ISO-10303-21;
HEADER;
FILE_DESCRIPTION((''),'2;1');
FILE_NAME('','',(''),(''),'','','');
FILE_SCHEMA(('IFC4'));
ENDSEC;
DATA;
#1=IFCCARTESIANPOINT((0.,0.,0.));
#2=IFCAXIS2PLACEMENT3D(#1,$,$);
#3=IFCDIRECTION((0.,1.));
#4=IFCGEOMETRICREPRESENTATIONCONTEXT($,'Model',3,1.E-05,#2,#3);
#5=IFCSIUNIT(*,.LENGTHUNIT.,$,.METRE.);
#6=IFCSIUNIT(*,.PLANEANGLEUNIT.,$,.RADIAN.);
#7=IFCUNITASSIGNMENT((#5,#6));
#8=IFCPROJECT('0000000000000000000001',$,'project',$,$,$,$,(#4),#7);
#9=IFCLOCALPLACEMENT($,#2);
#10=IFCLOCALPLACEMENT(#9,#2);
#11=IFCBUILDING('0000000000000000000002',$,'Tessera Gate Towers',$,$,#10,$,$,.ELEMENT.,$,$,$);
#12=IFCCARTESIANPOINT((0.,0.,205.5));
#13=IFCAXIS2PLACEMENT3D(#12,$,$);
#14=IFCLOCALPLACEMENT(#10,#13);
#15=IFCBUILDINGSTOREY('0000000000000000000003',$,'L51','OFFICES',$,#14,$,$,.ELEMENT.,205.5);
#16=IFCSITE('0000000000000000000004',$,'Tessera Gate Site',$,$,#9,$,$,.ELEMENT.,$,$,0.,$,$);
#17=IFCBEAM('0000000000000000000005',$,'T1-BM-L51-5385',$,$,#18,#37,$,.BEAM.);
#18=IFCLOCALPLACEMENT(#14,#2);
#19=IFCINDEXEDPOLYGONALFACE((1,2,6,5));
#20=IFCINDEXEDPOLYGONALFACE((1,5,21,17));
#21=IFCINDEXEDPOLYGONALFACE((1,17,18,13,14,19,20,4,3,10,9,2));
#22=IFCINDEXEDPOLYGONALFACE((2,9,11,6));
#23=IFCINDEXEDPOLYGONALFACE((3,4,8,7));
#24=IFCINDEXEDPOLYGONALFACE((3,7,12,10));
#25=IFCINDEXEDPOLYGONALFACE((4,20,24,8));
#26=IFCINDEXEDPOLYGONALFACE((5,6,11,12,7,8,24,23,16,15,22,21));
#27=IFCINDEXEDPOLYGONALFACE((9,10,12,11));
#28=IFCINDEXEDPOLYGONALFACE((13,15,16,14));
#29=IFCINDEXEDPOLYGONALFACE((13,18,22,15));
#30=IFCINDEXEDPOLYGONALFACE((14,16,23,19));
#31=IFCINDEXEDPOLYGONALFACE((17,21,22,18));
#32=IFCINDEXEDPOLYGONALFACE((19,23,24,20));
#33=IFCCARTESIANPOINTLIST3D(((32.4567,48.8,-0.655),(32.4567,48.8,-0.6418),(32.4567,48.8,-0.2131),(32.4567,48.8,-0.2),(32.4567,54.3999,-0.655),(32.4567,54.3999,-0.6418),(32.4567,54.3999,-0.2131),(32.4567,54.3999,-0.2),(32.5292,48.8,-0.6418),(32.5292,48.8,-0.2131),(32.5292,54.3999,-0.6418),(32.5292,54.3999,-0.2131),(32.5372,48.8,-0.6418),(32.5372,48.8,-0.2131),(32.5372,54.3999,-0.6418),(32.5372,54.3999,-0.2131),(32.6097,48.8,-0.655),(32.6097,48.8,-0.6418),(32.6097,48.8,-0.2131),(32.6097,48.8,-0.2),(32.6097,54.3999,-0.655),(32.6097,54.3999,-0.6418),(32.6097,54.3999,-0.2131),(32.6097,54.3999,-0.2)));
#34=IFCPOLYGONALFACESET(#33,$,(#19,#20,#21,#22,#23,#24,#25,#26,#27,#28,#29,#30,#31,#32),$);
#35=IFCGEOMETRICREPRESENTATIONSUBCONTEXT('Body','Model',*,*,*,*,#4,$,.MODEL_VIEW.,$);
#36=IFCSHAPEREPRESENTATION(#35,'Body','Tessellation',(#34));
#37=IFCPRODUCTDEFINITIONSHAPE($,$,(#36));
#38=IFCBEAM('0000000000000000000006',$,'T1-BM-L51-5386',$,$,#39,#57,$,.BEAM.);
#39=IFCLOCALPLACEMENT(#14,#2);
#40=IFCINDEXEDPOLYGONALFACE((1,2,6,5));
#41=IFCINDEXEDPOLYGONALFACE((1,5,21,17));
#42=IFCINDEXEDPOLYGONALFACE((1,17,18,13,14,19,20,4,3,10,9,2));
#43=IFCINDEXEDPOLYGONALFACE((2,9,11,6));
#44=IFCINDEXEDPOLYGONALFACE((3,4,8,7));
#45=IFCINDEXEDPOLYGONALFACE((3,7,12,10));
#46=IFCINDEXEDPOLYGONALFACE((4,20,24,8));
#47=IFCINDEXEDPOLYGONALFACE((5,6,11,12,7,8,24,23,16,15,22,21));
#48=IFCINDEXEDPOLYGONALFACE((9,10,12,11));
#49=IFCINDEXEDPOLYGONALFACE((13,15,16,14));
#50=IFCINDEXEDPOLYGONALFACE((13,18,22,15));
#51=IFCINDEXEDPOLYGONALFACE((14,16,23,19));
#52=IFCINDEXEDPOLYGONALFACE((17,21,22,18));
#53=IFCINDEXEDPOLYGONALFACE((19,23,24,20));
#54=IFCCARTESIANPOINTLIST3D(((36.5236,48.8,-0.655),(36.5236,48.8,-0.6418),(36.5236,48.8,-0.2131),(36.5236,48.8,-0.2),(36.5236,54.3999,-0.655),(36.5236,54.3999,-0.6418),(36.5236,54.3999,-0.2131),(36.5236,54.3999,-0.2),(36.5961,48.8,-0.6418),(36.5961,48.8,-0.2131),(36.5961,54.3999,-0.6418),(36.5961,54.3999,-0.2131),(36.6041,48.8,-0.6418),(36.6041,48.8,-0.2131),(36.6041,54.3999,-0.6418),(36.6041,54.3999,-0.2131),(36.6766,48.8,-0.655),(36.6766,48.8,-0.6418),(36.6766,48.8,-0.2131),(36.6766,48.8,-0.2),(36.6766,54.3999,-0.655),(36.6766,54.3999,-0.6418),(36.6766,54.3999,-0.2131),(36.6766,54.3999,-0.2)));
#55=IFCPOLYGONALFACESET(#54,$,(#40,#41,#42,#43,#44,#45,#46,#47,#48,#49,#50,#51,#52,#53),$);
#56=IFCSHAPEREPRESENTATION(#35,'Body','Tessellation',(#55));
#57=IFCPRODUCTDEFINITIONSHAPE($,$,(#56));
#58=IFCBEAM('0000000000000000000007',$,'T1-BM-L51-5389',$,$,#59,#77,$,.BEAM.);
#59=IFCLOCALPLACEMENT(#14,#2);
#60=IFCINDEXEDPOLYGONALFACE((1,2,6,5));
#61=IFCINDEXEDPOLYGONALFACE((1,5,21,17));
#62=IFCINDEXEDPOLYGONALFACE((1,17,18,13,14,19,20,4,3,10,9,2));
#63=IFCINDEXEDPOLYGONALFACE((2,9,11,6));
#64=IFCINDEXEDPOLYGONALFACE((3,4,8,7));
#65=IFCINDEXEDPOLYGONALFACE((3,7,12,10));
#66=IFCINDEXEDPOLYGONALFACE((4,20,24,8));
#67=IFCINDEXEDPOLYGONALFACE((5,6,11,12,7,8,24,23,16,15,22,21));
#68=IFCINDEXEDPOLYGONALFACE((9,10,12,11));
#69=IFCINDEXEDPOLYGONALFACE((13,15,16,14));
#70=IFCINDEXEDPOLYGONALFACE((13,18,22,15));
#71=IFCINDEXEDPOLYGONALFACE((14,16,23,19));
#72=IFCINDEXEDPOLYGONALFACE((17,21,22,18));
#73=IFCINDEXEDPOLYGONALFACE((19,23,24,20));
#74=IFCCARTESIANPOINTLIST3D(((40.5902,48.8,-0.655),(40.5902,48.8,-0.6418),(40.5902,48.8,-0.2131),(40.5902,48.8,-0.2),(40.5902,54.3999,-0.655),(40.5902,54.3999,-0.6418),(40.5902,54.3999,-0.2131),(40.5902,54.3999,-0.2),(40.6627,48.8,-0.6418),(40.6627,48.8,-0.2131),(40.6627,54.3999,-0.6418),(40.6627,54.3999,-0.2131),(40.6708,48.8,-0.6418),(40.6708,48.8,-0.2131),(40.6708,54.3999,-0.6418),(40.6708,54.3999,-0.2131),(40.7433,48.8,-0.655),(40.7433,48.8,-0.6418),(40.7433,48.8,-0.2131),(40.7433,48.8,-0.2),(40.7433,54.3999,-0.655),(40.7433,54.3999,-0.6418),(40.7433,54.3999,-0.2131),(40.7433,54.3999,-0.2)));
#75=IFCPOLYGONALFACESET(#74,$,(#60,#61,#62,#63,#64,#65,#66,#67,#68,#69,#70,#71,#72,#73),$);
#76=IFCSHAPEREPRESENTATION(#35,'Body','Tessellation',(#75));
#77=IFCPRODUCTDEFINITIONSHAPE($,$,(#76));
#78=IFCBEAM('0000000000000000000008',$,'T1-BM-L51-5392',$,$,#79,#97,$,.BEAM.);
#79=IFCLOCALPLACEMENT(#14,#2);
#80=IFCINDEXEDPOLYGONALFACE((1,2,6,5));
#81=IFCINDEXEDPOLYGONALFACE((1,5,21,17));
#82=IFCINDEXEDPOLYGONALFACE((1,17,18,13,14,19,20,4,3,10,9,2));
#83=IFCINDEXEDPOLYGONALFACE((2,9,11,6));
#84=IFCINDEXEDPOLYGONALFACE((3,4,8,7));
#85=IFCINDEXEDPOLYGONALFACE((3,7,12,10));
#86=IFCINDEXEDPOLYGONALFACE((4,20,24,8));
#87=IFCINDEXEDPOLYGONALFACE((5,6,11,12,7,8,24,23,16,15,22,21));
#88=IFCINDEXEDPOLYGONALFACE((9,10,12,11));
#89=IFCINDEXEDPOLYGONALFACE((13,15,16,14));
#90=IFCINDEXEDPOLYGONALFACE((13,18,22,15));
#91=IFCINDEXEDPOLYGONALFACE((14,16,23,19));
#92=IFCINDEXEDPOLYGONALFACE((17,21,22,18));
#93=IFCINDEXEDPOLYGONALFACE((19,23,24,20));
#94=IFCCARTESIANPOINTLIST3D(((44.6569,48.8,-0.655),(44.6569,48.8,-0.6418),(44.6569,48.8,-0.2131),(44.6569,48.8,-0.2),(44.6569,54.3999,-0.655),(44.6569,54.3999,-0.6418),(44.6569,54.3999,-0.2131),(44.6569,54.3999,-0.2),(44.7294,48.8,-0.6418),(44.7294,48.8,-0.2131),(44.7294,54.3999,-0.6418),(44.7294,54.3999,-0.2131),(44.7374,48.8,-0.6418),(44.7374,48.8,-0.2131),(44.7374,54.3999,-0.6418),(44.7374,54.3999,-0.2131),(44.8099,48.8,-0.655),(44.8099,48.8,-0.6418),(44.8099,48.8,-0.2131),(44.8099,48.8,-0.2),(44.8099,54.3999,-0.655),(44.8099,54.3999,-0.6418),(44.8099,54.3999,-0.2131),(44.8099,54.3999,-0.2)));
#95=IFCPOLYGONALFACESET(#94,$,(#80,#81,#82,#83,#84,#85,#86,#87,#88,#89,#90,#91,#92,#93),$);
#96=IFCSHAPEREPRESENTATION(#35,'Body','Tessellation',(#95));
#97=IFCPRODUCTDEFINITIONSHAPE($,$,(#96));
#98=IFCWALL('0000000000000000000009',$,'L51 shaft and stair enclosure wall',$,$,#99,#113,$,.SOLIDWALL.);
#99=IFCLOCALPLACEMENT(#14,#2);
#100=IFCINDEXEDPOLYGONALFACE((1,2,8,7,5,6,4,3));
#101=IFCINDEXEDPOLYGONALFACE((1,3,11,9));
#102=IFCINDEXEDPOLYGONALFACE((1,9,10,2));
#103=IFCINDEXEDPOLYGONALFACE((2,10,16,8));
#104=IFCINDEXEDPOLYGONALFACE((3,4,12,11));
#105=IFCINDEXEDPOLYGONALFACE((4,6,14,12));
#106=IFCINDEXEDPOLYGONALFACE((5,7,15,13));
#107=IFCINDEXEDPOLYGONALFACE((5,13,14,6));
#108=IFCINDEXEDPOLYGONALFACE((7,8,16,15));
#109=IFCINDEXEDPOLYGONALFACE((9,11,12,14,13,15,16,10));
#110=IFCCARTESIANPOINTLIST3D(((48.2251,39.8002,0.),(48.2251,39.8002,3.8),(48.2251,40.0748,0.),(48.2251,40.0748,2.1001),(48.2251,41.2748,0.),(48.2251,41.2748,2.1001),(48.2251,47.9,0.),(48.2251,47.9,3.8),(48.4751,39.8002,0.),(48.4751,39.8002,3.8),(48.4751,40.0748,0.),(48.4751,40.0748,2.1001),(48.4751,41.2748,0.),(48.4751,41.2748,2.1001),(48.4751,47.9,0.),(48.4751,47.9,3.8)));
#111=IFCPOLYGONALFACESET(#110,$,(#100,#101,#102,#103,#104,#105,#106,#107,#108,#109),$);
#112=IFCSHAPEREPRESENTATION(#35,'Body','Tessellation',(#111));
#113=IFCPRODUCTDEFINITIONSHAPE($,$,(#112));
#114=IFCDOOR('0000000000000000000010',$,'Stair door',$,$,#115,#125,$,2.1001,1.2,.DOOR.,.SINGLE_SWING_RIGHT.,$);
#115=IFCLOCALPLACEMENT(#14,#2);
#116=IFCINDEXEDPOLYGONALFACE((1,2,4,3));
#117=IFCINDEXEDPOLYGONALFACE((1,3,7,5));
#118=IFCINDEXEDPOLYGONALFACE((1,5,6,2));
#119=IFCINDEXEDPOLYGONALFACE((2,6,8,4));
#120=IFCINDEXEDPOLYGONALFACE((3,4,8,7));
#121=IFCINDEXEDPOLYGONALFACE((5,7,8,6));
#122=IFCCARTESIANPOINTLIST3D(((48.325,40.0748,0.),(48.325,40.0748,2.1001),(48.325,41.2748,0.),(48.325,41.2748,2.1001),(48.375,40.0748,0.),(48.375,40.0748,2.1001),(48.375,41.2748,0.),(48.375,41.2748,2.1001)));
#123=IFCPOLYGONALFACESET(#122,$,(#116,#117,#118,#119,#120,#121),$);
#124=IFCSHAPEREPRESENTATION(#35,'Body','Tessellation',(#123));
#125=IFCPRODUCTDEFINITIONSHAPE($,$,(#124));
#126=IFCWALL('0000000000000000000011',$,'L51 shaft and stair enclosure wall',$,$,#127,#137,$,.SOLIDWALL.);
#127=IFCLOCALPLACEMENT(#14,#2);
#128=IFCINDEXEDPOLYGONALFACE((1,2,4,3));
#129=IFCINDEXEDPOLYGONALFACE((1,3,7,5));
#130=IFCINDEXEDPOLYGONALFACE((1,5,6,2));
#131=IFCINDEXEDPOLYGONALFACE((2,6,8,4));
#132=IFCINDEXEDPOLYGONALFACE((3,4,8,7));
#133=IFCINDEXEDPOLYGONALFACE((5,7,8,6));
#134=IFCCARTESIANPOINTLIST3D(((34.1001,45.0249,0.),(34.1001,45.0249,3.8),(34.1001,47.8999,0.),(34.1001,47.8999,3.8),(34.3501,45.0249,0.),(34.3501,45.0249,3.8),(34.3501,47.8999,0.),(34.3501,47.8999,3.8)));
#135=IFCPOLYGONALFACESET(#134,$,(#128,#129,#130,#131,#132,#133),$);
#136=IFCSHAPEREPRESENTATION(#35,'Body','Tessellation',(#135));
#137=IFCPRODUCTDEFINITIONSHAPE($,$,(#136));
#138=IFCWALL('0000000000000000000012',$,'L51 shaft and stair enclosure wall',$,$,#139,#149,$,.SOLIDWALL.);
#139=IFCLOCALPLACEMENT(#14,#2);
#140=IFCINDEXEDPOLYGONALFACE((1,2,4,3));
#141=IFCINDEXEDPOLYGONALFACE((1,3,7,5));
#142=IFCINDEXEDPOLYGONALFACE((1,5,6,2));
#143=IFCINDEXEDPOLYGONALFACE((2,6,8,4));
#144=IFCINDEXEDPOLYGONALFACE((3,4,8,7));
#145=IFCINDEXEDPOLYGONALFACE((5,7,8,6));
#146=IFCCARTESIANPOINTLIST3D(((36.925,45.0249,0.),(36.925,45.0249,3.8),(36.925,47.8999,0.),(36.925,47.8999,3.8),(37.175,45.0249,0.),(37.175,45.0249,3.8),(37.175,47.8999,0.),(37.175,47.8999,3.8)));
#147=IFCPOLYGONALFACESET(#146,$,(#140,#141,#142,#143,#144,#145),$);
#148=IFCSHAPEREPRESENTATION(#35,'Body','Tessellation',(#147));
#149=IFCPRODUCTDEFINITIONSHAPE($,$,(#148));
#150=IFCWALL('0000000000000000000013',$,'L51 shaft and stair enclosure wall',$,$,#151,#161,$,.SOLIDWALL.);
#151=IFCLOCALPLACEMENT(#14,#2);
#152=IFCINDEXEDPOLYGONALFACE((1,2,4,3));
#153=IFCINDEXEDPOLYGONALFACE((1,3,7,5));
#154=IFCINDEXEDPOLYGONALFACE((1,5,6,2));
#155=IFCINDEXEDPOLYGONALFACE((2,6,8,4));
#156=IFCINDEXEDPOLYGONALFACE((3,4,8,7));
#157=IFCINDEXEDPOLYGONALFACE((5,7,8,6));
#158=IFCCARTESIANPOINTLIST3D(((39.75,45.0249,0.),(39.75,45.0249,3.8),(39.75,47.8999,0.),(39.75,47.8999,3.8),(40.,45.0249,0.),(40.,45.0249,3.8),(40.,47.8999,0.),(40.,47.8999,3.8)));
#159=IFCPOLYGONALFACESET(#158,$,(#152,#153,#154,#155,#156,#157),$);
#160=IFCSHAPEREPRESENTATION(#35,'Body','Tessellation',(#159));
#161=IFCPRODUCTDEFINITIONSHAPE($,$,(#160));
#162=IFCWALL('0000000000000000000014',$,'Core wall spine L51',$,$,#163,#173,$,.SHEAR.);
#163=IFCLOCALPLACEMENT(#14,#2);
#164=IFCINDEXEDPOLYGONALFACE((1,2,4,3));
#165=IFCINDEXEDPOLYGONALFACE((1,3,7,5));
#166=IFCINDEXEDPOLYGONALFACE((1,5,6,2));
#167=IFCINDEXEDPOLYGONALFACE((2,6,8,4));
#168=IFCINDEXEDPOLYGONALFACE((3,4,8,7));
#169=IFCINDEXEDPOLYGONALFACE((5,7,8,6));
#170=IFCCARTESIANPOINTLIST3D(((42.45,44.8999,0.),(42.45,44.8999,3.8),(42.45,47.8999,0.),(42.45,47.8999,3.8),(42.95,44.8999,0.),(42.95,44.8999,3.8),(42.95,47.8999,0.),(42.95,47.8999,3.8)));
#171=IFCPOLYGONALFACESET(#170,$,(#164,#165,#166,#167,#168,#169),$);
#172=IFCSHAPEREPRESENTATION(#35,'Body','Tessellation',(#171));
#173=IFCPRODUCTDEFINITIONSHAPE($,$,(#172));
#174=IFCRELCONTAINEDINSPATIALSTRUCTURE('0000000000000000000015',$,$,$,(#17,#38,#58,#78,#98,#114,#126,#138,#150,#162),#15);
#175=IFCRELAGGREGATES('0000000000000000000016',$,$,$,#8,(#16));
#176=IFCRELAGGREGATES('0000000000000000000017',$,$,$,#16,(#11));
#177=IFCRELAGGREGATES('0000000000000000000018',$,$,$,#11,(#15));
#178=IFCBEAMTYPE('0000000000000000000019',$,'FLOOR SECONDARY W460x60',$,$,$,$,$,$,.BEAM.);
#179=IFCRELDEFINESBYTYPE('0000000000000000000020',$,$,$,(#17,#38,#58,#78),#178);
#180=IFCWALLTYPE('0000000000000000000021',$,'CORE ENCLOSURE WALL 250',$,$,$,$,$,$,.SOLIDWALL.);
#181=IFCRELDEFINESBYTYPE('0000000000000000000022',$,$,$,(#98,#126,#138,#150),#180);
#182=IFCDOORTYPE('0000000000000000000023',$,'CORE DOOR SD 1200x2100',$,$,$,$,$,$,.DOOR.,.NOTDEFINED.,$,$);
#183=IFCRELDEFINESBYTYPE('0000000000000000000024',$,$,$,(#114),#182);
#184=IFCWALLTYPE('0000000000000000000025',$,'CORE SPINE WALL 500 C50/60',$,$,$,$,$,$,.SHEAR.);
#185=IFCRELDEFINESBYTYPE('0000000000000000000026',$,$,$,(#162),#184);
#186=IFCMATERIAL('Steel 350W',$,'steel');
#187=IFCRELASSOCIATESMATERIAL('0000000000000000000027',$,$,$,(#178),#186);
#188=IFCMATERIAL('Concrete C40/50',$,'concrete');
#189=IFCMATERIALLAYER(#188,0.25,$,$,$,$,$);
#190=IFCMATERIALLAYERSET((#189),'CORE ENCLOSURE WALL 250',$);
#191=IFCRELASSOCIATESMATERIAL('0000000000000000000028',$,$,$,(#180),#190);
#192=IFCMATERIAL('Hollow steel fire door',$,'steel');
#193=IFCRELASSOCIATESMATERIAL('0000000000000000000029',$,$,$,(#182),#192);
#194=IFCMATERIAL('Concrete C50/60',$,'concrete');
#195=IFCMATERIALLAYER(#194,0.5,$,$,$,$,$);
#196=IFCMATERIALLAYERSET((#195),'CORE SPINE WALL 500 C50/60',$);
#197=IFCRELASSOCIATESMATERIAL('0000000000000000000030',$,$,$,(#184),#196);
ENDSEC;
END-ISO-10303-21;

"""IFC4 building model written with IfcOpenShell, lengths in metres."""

from ifc_helpers import new_model, si_unit, direction, frame, frame_2d, origin, origin_2d, place, context, subcontext, project, spatial, rectangle, i_section, extrude, source, transform, mapped, material, layer, layer_set, material_profile, profile_set, type_object, element, fill, save


model = new_model("IFC4")

# Units and contexts
model_context = context("Model", 3, precision=1e-05, world=origin(), true_north=direction((0.0, 1.0)))
body_context = subcontext(model_context, "Body", "Model", "MODEL_VIEW")
ifc_project = project(units=[si_unit("LENGTHUNIT", "METRE"), si_unit("PLANEANGLEUNIT", "RADIAN")], contexts=[model_context])

# Site, building, storey
site_placement = place(None, origin())
site = spatial("IfcSite", under=ifc_project, at=site_placement, Name="Tessera Gate Site", CompositionType="ELEMENT", RefElevation=0.0)
building_placement = place(site_placement, origin())
building = spatial("IfcBuilding", under=site, at=building_placement, Name="Tessera Gate Towers", CompositionType="ELEMENT")
storey_placement = place(building_placement, frame((0.0, 0.0, 205.5)))
storey = spatial("IfcBuildingStorey", under=building, at=storey_placement, Name="L51", Description="OFFICES", CompositionType="ELEMENT", Elevation=205.5)

# Beams
ifc_material_1 = material(Name="Steel 350W", Category="steel")
ifc_material_profile = material_profile(ifc_material_1, i_section(OverallWidth=0.1531, OverallDepth=0.4551, WebThickness=0.0081, FlangeThickness=0.0132, at=origin_2d()), Name="W460x60")
ifc_profile_set = profile_set([ifc_material_profile], Name="Steel 350W")
beam_type = type_object("IfcBeamType", Name="FLOOR SECONDARY W460x60", PredefinedType="BEAM", material=ifc_profile_set)
for number, where, z_axis, x_axis, name in (
    (1, (32.5332, 48.8, -0.4275), (0.0, 1.0, 0.0), (-1.0, 0.0, 0.0), "T1-BM-L51-5385"),
    (2, (36.6001, 48.8, -0.4275), (0.0, 1.0, 0.0), (-1.0, 0.0, 0.0), "T1-BM-L51-5386"),
    (3, (40.6667, 48.8, -0.4275), (0.0, 1.0, 0.0), (-1.0, 0.0, 0.0), "T1-BM-L51-5389"),
    (4, (44.7334, 48.8, -0.4275), (0.0, 1.0, 0.0), (-1.0, 0.0, 0.0), "T1-BM-L51-5392"),
):
    element("IfcBeam", number, at=place(storey_placement, frame(where, z_axis=z_axis, x_axis=x_axis)), inside=storey, type_object=beam_type, Name=name, PredefinedType="BEAM", context=body_context, shape_type="SweptSolid", body=[
        extrude(i_section(OverallWidth=0.1531, OverallDepth=0.4551, WebThickness=0.0081, FlangeThickness=0.0132, at=origin_2d()), origin(), (0.0, 0.0, 1.0), 5.5999),
    ])

# Wall, opening, door
ifc_material_2 = material(Name="Concrete C40/50", Category="concrete")
ifc_layer_1 = layer(ifc_material_2, 0.25)
ifc_layer_set_1 = layer_set([ifc_layer_1], Name="CORE ENCLOSURE WALL 250")
wall_type_1 = type_object("IfcWallType", Name="CORE ENCLOSURE WALL 250", PredefinedType="SOLIDWALL", material=ifc_layer_set_1)
wall_1_placement = place(storey_placement, frame((48.3501, 47.8999, 0.0), z_axis=(0.0, 0.0, 1.0), x_axis=(0.0, -1.0, 0.0)))
wall_1 = element("IfcWall", 5, at=wall_1_placement, inside=storey, type_object=wall_type_1, Name="L51 shaft and stair enclosure wall", PredefinedType="SOLIDWALL", context=body_context, shape_type="SweptSolid", body=[
    extrude(rectangle(XDim=8.0999, YDim=0.25, at=frame_2d((4.0498, 0.0))), origin(), (0.0, 0.0, 1.0), 3.8),
])
shared_shape_1 = source(origin(), body_context, "Body", "SweptSolid", [
    extrude(rectangle(XDim=1.2, YDim=2.1001, at=frame_2d((0.6001, 1.05))), frame((0.0, 0.135, 0.0), z_axis=(0.0, -1.0, 0.0), x_axis=(1.0, 0.0, 0.0)), (0.0, 0.0, 1.0), 0.27),
])
opening_1_placement = place(wall_1_placement, frame((6.625, 0.0, 0.0)))
opening_1 = element("IfcOpeningElement", 6, at=opening_1_placement, cuts=wall_1, PredefinedType="OPENING", context=body_context, shape_type="MappedRepresentation", body=[
    mapped(shared_shape_1, transform((0.0, 0.0, 0.0), scale=1.0)),
])
ifc_material_3 = material(Name="Hollow steel fire door", Category="steel")
door_type_1 = type_object("IfcDoorType", Name="CORE DOOR SD 1200x2100", OperationType="NOTDEFINED", PredefinedType="DOOR", material=ifc_material_3)
shared_shape_2 = source(origin(), body_context, "Body", "SweptSolid", [
    extrude(rectangle(XDim=1.2, YDim=2.1001, at=frame_2d((0.6001, 1.05))), frame((0.0, 0.0249, 0.0), z_axis=(0.0, -1.0, 0.0), x_axis=(1.0, 0.0, 0.0)), (0.0, 0.0, 1.0), 0.05),
])
door_1_placement = place(opening_1_placement, origin())
door_1 = element("IfcDoor", 7, at=door_1_placement, inside=storey, type_object=door_type_1, Name="Stair door", OperationType="SINGLE_SWING_RIGHT", OverallHeight=2.1001, OverallWidth=1.2, PredefinedType="DOOR", context=body_context, shape_type="MappedRepresentation", body=[
    mapped(shared_shape_2, transform((0.0, 0.0, 0.0), scale=1.0)),
])
fill(opening_1, door_1)

# Walls
for number, where, z_axis, x_axis, name in (
    (8, (34.2251, 45.0249, 0.0), (0.0, 0.0, 1.0), (0.0, 1.0, 0.0), "L51 shaft and stair enclosure wall"),
    (9, (37.05, 45.0249, 0.0), (0.0, 0.0, 1.0), (0.0, 1.0, 0.0), "L51 shaft and stair enclosure wall"),
    (10, (39.875, 45.0249, 0.0), (0.0, 0.0, 1.0), (0.0, 1.0, 0.0), "L51 shaft and stair enclosure wall"),
):
    element("IfcWall", number, at=place(storey_placement, frame(where, z_axis=z_axis, x_axis=x_axis)), inside=storey, type_object=wall_type_1, Name=name, PredefinedType="SOLIDWALL", context=body_context, shape_type="SweptSolid", body=[
        extrude(rectangle(XDim=2.875, YDim=0.25, at=frame_2d((1.4375, 0.0))), origin(), (0.0, 0.0, 1.0), 3.8),
    ])
ifc_material_4 = material(Name="Concrete C50/60", Category="concrete")
ifc_layer_2 = layer(ifc_material_4, 0.5)
ifc_layer_set_2 = layer_set([ifc_layer_2], Name="CORE SPINE WALL 500 C50/60")
wall_type_2 = type_object("IfcWallType", Name="CORE SPINE WALL 500 C50/60", PredefinedType="SHEAR", material=ifc_layer_set_2)
wall_2_placement = place(storey_placement, frame((42.7, 44.8999, 0.0), z_axis=(0.0, 0.0, 1.0), x_axis=(0.0, 1.0, 0.0)))
element("IfcWall", 11, at=wall_2_placement, inside=storey, type_object=wall_type_2, Name="Core wall spine L51", PredefinedType="SHEAR", context=body_context, shape_type="SweptSolid", body=[
    extrude(rectangle(XDim=3.0, YDim=0.5, at=frame_2d((1.5, 0.0))), origin(), (0.0, 0.0, 1.0), 3.8),
])

save(model, "model.ifc")
